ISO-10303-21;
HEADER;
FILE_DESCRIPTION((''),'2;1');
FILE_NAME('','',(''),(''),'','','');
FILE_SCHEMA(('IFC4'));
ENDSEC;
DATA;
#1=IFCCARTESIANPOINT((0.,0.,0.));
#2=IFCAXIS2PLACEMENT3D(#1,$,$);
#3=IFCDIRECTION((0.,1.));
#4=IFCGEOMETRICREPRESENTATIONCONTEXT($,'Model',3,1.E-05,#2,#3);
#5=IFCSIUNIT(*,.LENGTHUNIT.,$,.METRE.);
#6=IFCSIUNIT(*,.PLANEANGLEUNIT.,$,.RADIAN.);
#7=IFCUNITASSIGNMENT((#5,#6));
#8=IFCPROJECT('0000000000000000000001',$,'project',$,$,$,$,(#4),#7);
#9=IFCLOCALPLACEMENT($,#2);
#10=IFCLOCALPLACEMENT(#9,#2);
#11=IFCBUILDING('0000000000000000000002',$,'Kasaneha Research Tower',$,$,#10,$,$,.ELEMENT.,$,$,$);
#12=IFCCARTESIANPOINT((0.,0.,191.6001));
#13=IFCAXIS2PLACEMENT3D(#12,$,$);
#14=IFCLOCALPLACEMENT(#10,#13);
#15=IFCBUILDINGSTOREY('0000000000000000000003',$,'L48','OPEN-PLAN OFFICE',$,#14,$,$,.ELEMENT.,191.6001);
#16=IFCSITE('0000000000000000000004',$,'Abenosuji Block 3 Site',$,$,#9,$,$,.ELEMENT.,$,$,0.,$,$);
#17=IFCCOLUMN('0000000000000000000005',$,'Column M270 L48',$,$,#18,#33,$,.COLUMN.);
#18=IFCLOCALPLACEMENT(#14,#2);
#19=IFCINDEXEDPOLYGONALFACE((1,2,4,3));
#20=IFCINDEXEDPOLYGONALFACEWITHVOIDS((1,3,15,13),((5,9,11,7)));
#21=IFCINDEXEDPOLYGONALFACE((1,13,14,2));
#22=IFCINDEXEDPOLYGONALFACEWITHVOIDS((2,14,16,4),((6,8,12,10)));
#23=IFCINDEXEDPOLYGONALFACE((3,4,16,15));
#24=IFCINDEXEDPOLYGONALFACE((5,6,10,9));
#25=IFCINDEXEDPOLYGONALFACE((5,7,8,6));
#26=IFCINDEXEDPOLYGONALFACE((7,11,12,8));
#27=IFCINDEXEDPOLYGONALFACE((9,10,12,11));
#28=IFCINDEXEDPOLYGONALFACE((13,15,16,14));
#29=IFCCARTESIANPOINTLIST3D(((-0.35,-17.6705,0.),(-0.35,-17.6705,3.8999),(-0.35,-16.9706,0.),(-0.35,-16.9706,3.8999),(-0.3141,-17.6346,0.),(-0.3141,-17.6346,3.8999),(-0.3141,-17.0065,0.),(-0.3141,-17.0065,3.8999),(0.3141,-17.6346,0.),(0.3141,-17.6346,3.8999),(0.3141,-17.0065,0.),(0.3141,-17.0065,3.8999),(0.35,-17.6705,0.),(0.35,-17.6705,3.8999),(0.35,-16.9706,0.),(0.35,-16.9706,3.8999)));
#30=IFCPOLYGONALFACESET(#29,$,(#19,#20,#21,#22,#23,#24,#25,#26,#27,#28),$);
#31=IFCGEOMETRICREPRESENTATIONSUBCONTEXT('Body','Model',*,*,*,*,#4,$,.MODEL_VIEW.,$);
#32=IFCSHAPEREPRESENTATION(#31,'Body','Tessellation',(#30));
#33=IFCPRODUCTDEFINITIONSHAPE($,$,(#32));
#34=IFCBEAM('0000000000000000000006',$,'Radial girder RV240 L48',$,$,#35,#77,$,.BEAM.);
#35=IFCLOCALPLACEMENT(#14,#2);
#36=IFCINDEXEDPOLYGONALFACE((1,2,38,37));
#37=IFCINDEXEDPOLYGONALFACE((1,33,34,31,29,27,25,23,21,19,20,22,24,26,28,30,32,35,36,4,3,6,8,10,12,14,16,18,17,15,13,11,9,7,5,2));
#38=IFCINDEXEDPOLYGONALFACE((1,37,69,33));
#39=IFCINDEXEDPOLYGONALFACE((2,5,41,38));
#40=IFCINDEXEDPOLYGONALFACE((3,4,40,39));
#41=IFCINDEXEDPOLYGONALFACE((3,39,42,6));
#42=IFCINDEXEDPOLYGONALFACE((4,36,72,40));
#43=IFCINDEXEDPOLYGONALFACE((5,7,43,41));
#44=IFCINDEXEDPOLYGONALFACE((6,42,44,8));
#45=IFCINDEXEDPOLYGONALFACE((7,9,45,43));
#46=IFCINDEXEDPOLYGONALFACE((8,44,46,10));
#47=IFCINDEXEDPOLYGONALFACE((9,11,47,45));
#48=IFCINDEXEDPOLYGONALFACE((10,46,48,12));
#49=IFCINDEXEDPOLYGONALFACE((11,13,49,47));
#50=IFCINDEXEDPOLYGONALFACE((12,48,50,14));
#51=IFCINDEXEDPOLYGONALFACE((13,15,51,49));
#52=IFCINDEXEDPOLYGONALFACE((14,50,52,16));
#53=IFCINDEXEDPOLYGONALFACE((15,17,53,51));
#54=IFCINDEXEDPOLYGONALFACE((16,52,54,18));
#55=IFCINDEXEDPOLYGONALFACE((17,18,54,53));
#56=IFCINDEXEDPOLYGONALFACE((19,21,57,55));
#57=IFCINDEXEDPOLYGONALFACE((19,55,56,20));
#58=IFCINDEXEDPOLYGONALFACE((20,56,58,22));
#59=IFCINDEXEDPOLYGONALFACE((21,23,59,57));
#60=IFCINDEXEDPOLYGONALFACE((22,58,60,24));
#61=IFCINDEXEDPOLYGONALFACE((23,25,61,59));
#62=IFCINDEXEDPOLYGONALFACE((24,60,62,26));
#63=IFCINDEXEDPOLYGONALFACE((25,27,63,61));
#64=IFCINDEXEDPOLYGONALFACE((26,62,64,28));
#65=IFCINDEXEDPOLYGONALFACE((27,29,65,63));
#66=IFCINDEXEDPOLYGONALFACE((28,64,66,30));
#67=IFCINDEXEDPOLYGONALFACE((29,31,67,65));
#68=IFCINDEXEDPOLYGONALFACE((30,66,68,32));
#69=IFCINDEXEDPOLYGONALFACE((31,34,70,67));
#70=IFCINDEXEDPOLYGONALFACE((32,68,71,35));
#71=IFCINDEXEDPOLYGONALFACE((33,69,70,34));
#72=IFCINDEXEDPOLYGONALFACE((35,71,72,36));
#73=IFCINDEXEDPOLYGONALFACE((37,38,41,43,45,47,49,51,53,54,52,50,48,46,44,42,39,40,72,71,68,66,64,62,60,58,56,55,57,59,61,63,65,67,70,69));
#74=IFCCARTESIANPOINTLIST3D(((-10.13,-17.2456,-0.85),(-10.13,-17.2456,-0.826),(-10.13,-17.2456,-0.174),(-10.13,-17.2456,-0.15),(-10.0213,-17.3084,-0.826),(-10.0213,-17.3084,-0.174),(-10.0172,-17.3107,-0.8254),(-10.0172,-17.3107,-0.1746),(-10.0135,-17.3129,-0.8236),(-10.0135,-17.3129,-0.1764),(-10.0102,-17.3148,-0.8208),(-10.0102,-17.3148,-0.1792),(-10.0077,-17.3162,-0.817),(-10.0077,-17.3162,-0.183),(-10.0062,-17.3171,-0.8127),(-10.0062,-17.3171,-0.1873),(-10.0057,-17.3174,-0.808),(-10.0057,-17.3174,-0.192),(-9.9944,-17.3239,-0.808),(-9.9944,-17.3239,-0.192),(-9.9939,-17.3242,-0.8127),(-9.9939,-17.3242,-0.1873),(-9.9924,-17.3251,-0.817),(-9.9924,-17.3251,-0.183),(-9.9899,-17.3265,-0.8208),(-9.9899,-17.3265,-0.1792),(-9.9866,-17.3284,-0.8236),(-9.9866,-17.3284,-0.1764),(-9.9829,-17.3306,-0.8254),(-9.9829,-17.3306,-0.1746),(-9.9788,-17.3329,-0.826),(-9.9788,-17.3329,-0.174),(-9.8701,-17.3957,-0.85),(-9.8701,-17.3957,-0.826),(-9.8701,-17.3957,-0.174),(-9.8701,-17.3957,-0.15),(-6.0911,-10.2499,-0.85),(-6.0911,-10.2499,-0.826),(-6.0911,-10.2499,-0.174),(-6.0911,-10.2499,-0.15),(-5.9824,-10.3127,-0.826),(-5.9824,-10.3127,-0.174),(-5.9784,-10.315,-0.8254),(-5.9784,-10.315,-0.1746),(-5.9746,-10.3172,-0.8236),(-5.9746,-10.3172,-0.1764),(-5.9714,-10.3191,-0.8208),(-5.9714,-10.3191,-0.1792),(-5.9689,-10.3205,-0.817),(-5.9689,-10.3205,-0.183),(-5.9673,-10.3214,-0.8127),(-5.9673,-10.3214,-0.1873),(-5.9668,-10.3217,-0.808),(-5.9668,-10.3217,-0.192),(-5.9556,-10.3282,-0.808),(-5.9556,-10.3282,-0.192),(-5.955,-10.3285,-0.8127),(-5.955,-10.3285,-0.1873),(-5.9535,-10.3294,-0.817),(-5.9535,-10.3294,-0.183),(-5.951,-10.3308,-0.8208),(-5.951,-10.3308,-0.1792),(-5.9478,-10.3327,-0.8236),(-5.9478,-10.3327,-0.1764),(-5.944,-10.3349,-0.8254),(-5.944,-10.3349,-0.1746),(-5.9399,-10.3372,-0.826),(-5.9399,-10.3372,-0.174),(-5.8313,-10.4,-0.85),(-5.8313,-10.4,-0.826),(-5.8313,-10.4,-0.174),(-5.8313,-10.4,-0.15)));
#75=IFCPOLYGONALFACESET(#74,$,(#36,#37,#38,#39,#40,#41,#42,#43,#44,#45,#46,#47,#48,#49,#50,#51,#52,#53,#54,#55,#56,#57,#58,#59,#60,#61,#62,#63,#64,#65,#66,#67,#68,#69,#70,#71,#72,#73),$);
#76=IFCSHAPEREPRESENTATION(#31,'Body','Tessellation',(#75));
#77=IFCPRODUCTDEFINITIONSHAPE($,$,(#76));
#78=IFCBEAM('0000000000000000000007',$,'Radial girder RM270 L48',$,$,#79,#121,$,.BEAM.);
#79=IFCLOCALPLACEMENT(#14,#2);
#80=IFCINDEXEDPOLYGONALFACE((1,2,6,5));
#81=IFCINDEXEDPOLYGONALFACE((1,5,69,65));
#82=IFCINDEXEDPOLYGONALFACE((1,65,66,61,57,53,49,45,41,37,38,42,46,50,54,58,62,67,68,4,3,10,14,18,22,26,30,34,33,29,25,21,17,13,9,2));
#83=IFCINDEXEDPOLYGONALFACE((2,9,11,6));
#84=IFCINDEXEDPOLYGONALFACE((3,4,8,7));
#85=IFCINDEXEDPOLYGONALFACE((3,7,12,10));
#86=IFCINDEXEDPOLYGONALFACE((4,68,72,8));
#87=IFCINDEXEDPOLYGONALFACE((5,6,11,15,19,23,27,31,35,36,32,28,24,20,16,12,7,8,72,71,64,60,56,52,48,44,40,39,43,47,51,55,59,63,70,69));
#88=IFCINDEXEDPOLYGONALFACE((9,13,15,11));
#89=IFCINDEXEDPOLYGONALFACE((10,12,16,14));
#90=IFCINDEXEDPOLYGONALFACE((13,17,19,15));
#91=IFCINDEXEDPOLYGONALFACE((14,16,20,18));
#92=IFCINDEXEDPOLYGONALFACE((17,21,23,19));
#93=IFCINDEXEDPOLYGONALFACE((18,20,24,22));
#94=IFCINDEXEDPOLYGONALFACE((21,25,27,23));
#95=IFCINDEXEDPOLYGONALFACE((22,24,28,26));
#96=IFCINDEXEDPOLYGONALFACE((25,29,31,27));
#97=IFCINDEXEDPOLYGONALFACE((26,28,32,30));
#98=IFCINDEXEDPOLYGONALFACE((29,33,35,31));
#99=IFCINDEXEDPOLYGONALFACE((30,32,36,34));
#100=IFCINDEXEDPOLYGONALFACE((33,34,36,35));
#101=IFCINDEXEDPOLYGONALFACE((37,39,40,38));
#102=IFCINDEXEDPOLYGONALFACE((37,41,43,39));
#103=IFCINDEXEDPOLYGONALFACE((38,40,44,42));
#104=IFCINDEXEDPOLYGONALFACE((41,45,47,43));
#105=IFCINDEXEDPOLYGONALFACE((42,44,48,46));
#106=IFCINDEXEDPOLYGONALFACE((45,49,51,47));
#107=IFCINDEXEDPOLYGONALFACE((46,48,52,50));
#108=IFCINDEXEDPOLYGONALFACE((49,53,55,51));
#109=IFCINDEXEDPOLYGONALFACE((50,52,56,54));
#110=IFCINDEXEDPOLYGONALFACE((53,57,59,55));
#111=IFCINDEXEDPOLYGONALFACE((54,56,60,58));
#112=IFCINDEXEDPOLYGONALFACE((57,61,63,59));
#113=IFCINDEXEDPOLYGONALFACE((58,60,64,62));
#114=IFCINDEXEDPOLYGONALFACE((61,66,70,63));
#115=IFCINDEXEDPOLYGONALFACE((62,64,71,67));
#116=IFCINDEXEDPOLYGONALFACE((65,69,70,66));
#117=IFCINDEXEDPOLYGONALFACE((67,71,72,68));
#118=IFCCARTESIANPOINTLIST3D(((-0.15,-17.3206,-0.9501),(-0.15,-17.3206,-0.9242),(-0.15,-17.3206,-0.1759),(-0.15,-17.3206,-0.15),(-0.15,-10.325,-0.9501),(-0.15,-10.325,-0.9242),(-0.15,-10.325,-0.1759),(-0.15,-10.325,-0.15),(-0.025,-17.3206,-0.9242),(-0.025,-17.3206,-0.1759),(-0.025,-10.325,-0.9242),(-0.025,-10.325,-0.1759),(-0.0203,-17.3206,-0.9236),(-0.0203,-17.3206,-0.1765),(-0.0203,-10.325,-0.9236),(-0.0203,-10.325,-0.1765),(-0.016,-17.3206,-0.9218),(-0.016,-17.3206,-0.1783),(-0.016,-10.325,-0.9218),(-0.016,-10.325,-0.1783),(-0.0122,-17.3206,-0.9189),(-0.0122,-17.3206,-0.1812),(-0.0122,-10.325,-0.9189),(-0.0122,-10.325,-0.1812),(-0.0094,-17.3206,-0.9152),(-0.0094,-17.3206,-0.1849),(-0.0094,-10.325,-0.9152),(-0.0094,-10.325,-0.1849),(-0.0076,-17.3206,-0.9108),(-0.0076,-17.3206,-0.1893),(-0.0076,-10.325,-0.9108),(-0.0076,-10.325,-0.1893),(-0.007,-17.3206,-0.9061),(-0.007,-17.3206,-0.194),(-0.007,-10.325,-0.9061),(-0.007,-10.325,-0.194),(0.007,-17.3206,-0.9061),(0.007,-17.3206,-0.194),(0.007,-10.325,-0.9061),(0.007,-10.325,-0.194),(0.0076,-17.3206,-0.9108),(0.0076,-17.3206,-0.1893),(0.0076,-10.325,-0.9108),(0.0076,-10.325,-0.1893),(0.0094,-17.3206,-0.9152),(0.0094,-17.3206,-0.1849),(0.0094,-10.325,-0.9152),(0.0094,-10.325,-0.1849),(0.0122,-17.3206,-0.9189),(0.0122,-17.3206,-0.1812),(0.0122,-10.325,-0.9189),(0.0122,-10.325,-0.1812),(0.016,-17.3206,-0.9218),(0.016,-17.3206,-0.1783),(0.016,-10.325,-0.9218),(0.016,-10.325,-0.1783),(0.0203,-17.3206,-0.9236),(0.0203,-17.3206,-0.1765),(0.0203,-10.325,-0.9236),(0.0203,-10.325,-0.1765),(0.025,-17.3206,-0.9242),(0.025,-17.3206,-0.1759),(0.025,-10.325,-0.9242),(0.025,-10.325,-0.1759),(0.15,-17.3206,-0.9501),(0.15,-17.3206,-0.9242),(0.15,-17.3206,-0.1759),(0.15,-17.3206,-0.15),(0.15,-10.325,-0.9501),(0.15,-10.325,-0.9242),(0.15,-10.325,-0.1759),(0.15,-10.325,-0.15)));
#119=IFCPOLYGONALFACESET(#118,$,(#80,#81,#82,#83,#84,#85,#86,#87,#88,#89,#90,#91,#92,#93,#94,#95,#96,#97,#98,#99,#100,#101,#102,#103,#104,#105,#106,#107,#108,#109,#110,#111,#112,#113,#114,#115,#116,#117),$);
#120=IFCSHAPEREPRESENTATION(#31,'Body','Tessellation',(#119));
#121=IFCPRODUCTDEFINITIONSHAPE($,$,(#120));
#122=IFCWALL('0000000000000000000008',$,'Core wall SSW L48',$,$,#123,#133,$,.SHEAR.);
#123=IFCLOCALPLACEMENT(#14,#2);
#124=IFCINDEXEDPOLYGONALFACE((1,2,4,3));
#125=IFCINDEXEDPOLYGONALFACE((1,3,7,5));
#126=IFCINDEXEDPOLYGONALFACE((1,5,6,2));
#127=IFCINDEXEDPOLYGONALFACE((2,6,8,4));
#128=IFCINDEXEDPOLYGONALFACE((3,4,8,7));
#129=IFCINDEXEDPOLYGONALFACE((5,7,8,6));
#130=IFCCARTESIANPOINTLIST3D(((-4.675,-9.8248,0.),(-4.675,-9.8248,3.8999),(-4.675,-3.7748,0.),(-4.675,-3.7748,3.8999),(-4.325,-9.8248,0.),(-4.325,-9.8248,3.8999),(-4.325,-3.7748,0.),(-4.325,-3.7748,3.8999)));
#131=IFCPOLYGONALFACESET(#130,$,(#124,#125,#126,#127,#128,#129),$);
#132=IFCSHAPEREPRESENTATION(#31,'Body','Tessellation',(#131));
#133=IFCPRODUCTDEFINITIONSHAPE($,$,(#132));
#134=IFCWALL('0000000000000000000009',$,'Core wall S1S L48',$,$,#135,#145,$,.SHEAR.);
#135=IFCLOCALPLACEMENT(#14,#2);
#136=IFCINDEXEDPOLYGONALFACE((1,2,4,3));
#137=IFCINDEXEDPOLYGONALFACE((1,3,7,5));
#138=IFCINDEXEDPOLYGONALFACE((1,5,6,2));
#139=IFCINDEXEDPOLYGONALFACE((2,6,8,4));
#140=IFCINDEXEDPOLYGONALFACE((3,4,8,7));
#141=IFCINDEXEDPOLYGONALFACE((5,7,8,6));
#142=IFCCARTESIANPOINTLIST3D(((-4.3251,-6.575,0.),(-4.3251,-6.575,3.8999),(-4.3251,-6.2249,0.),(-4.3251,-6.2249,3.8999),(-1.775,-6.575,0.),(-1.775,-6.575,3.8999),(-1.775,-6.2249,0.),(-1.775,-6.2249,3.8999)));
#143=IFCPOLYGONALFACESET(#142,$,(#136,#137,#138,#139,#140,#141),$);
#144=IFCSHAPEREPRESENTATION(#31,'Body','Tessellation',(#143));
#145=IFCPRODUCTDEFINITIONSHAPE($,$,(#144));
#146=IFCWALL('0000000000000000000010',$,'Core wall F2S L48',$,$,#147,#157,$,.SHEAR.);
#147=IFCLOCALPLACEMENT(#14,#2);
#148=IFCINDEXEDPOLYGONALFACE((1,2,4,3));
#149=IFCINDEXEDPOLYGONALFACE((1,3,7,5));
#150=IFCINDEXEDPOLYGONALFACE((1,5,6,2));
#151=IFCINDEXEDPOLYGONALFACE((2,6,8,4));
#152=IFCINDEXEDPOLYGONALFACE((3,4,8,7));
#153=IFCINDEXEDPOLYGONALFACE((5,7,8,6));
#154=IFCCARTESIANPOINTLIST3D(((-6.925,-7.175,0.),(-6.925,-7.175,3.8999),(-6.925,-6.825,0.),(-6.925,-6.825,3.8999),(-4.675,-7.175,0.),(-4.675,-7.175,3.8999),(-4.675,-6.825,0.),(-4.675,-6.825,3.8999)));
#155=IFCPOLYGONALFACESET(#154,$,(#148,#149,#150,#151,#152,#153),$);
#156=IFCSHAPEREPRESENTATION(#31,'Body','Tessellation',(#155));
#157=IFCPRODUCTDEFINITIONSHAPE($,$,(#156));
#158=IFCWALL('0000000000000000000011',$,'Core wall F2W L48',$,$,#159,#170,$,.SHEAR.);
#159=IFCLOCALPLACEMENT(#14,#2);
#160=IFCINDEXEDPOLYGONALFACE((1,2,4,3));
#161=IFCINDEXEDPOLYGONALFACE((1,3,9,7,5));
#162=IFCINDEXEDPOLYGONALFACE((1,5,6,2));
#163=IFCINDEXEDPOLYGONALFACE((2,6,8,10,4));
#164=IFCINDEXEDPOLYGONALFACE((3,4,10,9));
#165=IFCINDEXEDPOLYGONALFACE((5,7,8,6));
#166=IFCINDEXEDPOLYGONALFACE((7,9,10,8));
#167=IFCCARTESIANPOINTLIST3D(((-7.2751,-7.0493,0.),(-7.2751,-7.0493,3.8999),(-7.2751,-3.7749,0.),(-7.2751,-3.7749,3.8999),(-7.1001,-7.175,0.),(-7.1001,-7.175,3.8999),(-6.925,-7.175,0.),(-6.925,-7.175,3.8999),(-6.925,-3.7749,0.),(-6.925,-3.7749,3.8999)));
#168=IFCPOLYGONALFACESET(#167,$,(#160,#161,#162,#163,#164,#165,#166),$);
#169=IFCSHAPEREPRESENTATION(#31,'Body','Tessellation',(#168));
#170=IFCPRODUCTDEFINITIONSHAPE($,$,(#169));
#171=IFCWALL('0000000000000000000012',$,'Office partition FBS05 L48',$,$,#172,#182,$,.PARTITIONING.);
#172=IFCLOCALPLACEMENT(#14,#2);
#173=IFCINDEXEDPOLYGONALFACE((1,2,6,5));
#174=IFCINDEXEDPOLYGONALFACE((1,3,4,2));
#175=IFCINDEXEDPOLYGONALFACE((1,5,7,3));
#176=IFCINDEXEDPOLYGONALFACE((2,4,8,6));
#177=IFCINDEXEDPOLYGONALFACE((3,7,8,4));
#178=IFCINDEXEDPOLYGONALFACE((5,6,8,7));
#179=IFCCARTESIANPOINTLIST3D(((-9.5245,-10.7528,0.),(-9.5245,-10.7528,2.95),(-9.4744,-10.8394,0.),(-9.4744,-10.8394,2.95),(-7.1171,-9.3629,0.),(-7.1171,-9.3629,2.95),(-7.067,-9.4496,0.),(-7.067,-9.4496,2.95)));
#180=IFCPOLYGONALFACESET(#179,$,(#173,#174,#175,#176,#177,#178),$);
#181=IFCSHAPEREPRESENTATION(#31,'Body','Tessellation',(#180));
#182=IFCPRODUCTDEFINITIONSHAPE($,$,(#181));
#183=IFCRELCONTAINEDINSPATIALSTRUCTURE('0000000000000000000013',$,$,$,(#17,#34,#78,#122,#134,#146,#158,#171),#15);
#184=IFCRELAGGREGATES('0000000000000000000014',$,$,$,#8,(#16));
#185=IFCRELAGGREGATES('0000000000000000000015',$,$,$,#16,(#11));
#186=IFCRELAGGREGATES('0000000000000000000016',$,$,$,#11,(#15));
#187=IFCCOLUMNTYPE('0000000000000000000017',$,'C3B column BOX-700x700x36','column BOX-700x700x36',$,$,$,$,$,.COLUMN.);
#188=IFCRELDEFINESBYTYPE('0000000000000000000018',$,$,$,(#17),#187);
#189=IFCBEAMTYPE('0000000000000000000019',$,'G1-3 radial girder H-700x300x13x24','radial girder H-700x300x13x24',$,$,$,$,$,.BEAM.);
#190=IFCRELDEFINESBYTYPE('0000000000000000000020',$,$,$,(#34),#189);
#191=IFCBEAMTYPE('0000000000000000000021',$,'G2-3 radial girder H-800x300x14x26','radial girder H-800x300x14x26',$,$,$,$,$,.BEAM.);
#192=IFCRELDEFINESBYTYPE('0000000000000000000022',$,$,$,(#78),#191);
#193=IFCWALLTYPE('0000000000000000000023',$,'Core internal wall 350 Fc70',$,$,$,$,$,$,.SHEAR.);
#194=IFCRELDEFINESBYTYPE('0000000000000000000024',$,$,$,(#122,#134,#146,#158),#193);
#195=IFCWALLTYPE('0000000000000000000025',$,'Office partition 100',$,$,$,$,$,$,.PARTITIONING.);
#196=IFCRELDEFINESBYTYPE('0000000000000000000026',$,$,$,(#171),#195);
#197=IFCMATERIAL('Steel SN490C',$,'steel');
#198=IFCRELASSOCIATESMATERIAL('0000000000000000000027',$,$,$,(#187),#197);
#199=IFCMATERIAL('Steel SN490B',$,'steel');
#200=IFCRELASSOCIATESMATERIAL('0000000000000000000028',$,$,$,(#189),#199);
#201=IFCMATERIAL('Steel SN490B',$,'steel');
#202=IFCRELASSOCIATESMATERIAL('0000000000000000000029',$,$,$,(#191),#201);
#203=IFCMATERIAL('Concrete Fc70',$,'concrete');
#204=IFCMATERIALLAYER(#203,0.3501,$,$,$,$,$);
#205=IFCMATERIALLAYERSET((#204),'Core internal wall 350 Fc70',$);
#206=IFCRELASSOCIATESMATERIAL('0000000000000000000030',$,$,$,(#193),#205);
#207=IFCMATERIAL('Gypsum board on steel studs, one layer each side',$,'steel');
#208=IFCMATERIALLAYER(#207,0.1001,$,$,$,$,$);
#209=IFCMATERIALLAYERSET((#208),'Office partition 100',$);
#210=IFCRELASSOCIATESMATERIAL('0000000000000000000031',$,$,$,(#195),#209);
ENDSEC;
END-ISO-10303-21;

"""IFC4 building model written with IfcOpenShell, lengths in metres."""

from ifc_helpers import new_model, si_unit, direction, frame, frame_2d, origin, origin_2d, place, context, subcontext, project, spatial, polyline, rectangle, hollow_rectangle, i_section, outline, extrude, material, layer, layer_set, material_profile, profile_set, type_object, element, save


model = new_model("IFC4")

# Units and contexts
model_context = context("Model", 3, precision=1e-05, world=origin(), true_north=direction((0.0, 1.0)))
body_context = subcontext(model_context, "Body", "Model", "MODEL_VIEW")
ifc_project = project(units=[si_unit("LENGTHUNIT", "METRE"), si_unit("PLANEANGLEUNIT", "RADIAN")], contexts=[model_context])

# Site, building, storey
site_placement = place(None, origin())
site = spatial("IfcSite", under=ifc_project, at=site_placement, Name="Abenosuji Block 3 Site", CompositionType="ELEMENT", RefElevation=0.0)
building_placement = place(site_placement, origin())
building = spatial("IfcBuilding", under=site, at=building_placement, Name="Kasaneha Research Tower", CompositionType="ELEMENT")
storey_placement = place(building_placement, frame((0.0, 0.0, 191.6001)))
storey = spatial("IfcBuildingStorey", under=building, at=storey_placement, Name="L48", Description="OPEN-PLAN OFFICE", CompositionType="ELEMENT", Elevation=191.6001)

# Column
ifc_material_1 = material(Name="Steel SN490C", Category="steel")
ifc_material_profile_1 = material_profile(ifc_material_1, hollow_rectangle(XDim=0.7, YDim=0.7, WallThickness=0.0359, at=origin_2d()), Name="BOX-700x700x36")
ifc_profile_set_1 = profile_set([ifc_material_profile_1], Name="Steel SN490C")
column_type = type_object("IfcColumnType", Name="C3B column BOX-700x700x36", Description="column BOX-700x700x36", PredefinedType="COLUMN", material=ifc_profile_set_1)
column_placement = place(storey_placement, frame((0.0, -17.3206, 0.0), z_axis=(0.0, 0.0, 1.0), x_axis=(1.0, 0.0, 0.0)))
element("IfcColumn", 1, at=column_placement, inside=storey, type_object=column_type, Name="Column M270 L48", PredefinedType="COLUMN", context=body_context, shape_type="SweptSolid", body=[
    extrude(hollow_rectangle(XDim=0.7, YDim=0.7, WallThickness=0.0359, at=origin_2d()), origin(), (0.0, 0.0, 1.0), 3.8999),
])

# Beams
ifc_material_2 = material(Name="Steel SN490B", Category="steel")
ifc_material_profile_2 = material_profile(ifc_material_2, i_section(OverallWidth=0.3, OverallDepth=0.7, WebThickness=0.0129, FlangeThickness=0.0239, FilletRadius=0.0181, at=origin_2d()), Name="H-700x300x13x24")
ifc_profile_set_2 = profile_set([ifc_material_profile_2], Name="Steel SN490B")
beam_type_1 = type_object("IfcBeamType", Name="G1-3 radial girder H-700x300x13x24", Description="radial girder H-700x300x13x24", PredefinedType="BEAM", material=ifc_profile_set_2)
beam_1_placement = place(storey_placement, frame((-5.9612, -10.325, -0.5), z_axis=(-0.499991, -0.866031, 0.0), x_axis=(0.866031, -0.499991, 0.0)))
element("IfcBeam", 2, at=beam_1_placement, inside=storey, type_object=beam_type_1, Name="Radial girder RV240 L48", PredefinedType="BEAM", context=body_context, shape_type="SweptSolid", body=[
    extrude(i_section(OverallWidth=0.3, OverallDepth=0.7, WebThickness=0.0129, FlangeThickness=0.0239, FilletRadius=0.0181, at=origin_2d()), origin(), (0.0, 0.0, 1.0), 8.0779),
])
ifc_material_3 = material(Name="Steel SN490B", Category="steel")
ifc_material_profile_3 = material_profile(ifc_material_3, i_section(OverallWidth=0.3, OverallDepth=0.8, WebThickness=0.0139, FlangeThickness=0.0259, FilletRadius=0.0181, at=origin_2d()), Name="H-800x300x14x26")
ifc_profile_set_3 = profile_set([ifc_material_profile_3], Name="Steel SN490B")
beam_type_2 = type_object("IfcBeamType", Name="G2-3 radial girder H-800x300x14x26", Description="radial girder H-800x300x14x26", PredefinedType="BEAM", material=ifc_profile_set_3)
beam_2_placement = place(storey_placement, frame((0.0, -10.325, -0.55), z_axis=(0.0, -1.0, 0.0), x_axis=(1.0, 0.0, 0.0)))
element("IfcBeam", 3, at=beam_2_placement, inside=storey, type_object=beam_type_2, Name="Radial girder RM270 L48", PredefinedType="BEAM", context=body_context, shape_type="SweptSolid", body=[
    extrude(i_section(OverallWidth=0.3, OverallDepth=0.8, WebThickness=0.0139, FlangeThickness=0.0259, FilletRadius=0.0181, at=origin_2d()), origin(), (0.0, 0.0, 1.0), 6.9956),
])

# Walls
ifc_material_4 = material(Name="Concrete Fc70", Category="concrete")
ifc_layer_1 = layer(ifc_material_4, 0.3501)
ifc_layer_set_1 = layer_set([ifc_layer_1], Name="Core internal wall 350 Fc70")
wall_type_1 = type_object("IfcWallType", Name="Core internal wall 350 Fc70", PredefinedType="SHEAR", material=ifc_layer_set_1)
wall_1_placement = place(storey_placement, frame((-4.5, -3.7749, 0.0), z_axis=(0.0, 0.0, 1.0), x_axis=(0.0, -1.0, 0.0)))
element("IfcWall", 4, at=wall_1_placement, inside=storey, type_object=wall_type_1, Name="Core wall SSW L48", PredefinedType="SHEAR", context=body_context, shape_type="SweptSolid", body=[
    extrude(rectangle(XDim=6.05, YDim=0.3501, at=frame_2d((3.0249, 0.0))), origin(), (0.0, 0.0, 1.0), 3.8999),
])
wall_2_placement = place(storey_placement, frame((-4.325, -6.3999, 0.0), z_axis=(0.0, 0.0, 1.0), x_axis=(1.0, 0.0, 0.0)))
element("IfcWall", 5, at=wall_2_placement, inside=storey, type_object=wall_type_1, Name="Core wall S1S L48", PredefinedType="SHEAR", context=body_context, shape_type="SweptSolid", body=[
    extrude(rectangle(XDim=2.55, YDim=0.3501, at=frame_2d((1.2749, 0.0))), origin(), (0.0, 0.0, 1.0), 3.8999),
])
wall_3_placement = place(storey_placement, frame((-6.925, -7.0, 0.0), z_axis=(0.0, 0.0, 1.0), x_axis=(1.0, 0.0, 0.0)))
element("IfcWall", 6, at=wall_3_placement, inside=storey, type_object=wall_type_1, Name="Core wall F2S L48", PredefinedType="SHEAR", context=body_context, shape_type="SweptSolid", body=[
    extrude(rectangle(XDim=2.25, YDim=0.3501, at=frame_2d((1.125, 0.0))), origin(), (0.0, 0.0, 1.0), 3.8999),
])
wall_4_placement = place(storey_placement, frame((-7.1001, -3.7749, 0.0), z_axis=(0.0, 0.0, 1.0), x_axis=(0.0, -1.0, 0.0)))
element("IfcWall", 7, at=wall_4_placement, inside=storey, type_object=wall_type_1, Name="Core wall F2W L48", PredefinedType="SHEAR", context=body_context, shape_type="SweptSolid", body=[
    extrude(outline(polyline([(0.0, -0.175), (3.2744, -0.175), (3.4001, 0.0), (3.4001, 0.175), (0.0, 0.175), (0.0, -0.175)])), origin(), (0.0, 0.0, 1.0), 3.8999),
])

# Wall
ifc_material_5 = material(Name="Gypsum board on steel studs, one layer each side", Category="steel")
ifc_layer_2 = layer(ifc_material_5, 0.1001)
ifc_layer_set_2 = layer_set([ifc_layer_2], Name="Office partition 100")
wall_type_2 = type_object("IfcWallType", Name="Office partition 100", PredefinedType="PARTITIONING", material=ifc_layer_set_2)
wall_5_placement = place(storey_placement, frame((-7.092, -9.4062, 0.0), z_axis=(0.0, 0.0, 1.0), x_axis=(-0.866035, -0.499983, 0.0)))
element("IfcWall", 8, at=wall_5_placement, inside=storey, type_object=wall_type_2, Name="Office partition FBS05 L48", PredefinedType="PARTITIONING", context=body_context, shape_type="SweptSolid", body=[
    extrude(rectangle(XDim=2.7798, YDim=0.1001, at=frame_2d((1.3899, 0.0))), origin(), (0.0, 0.0, 1.0), 2.95),
])

save(model, "model.ifc")
